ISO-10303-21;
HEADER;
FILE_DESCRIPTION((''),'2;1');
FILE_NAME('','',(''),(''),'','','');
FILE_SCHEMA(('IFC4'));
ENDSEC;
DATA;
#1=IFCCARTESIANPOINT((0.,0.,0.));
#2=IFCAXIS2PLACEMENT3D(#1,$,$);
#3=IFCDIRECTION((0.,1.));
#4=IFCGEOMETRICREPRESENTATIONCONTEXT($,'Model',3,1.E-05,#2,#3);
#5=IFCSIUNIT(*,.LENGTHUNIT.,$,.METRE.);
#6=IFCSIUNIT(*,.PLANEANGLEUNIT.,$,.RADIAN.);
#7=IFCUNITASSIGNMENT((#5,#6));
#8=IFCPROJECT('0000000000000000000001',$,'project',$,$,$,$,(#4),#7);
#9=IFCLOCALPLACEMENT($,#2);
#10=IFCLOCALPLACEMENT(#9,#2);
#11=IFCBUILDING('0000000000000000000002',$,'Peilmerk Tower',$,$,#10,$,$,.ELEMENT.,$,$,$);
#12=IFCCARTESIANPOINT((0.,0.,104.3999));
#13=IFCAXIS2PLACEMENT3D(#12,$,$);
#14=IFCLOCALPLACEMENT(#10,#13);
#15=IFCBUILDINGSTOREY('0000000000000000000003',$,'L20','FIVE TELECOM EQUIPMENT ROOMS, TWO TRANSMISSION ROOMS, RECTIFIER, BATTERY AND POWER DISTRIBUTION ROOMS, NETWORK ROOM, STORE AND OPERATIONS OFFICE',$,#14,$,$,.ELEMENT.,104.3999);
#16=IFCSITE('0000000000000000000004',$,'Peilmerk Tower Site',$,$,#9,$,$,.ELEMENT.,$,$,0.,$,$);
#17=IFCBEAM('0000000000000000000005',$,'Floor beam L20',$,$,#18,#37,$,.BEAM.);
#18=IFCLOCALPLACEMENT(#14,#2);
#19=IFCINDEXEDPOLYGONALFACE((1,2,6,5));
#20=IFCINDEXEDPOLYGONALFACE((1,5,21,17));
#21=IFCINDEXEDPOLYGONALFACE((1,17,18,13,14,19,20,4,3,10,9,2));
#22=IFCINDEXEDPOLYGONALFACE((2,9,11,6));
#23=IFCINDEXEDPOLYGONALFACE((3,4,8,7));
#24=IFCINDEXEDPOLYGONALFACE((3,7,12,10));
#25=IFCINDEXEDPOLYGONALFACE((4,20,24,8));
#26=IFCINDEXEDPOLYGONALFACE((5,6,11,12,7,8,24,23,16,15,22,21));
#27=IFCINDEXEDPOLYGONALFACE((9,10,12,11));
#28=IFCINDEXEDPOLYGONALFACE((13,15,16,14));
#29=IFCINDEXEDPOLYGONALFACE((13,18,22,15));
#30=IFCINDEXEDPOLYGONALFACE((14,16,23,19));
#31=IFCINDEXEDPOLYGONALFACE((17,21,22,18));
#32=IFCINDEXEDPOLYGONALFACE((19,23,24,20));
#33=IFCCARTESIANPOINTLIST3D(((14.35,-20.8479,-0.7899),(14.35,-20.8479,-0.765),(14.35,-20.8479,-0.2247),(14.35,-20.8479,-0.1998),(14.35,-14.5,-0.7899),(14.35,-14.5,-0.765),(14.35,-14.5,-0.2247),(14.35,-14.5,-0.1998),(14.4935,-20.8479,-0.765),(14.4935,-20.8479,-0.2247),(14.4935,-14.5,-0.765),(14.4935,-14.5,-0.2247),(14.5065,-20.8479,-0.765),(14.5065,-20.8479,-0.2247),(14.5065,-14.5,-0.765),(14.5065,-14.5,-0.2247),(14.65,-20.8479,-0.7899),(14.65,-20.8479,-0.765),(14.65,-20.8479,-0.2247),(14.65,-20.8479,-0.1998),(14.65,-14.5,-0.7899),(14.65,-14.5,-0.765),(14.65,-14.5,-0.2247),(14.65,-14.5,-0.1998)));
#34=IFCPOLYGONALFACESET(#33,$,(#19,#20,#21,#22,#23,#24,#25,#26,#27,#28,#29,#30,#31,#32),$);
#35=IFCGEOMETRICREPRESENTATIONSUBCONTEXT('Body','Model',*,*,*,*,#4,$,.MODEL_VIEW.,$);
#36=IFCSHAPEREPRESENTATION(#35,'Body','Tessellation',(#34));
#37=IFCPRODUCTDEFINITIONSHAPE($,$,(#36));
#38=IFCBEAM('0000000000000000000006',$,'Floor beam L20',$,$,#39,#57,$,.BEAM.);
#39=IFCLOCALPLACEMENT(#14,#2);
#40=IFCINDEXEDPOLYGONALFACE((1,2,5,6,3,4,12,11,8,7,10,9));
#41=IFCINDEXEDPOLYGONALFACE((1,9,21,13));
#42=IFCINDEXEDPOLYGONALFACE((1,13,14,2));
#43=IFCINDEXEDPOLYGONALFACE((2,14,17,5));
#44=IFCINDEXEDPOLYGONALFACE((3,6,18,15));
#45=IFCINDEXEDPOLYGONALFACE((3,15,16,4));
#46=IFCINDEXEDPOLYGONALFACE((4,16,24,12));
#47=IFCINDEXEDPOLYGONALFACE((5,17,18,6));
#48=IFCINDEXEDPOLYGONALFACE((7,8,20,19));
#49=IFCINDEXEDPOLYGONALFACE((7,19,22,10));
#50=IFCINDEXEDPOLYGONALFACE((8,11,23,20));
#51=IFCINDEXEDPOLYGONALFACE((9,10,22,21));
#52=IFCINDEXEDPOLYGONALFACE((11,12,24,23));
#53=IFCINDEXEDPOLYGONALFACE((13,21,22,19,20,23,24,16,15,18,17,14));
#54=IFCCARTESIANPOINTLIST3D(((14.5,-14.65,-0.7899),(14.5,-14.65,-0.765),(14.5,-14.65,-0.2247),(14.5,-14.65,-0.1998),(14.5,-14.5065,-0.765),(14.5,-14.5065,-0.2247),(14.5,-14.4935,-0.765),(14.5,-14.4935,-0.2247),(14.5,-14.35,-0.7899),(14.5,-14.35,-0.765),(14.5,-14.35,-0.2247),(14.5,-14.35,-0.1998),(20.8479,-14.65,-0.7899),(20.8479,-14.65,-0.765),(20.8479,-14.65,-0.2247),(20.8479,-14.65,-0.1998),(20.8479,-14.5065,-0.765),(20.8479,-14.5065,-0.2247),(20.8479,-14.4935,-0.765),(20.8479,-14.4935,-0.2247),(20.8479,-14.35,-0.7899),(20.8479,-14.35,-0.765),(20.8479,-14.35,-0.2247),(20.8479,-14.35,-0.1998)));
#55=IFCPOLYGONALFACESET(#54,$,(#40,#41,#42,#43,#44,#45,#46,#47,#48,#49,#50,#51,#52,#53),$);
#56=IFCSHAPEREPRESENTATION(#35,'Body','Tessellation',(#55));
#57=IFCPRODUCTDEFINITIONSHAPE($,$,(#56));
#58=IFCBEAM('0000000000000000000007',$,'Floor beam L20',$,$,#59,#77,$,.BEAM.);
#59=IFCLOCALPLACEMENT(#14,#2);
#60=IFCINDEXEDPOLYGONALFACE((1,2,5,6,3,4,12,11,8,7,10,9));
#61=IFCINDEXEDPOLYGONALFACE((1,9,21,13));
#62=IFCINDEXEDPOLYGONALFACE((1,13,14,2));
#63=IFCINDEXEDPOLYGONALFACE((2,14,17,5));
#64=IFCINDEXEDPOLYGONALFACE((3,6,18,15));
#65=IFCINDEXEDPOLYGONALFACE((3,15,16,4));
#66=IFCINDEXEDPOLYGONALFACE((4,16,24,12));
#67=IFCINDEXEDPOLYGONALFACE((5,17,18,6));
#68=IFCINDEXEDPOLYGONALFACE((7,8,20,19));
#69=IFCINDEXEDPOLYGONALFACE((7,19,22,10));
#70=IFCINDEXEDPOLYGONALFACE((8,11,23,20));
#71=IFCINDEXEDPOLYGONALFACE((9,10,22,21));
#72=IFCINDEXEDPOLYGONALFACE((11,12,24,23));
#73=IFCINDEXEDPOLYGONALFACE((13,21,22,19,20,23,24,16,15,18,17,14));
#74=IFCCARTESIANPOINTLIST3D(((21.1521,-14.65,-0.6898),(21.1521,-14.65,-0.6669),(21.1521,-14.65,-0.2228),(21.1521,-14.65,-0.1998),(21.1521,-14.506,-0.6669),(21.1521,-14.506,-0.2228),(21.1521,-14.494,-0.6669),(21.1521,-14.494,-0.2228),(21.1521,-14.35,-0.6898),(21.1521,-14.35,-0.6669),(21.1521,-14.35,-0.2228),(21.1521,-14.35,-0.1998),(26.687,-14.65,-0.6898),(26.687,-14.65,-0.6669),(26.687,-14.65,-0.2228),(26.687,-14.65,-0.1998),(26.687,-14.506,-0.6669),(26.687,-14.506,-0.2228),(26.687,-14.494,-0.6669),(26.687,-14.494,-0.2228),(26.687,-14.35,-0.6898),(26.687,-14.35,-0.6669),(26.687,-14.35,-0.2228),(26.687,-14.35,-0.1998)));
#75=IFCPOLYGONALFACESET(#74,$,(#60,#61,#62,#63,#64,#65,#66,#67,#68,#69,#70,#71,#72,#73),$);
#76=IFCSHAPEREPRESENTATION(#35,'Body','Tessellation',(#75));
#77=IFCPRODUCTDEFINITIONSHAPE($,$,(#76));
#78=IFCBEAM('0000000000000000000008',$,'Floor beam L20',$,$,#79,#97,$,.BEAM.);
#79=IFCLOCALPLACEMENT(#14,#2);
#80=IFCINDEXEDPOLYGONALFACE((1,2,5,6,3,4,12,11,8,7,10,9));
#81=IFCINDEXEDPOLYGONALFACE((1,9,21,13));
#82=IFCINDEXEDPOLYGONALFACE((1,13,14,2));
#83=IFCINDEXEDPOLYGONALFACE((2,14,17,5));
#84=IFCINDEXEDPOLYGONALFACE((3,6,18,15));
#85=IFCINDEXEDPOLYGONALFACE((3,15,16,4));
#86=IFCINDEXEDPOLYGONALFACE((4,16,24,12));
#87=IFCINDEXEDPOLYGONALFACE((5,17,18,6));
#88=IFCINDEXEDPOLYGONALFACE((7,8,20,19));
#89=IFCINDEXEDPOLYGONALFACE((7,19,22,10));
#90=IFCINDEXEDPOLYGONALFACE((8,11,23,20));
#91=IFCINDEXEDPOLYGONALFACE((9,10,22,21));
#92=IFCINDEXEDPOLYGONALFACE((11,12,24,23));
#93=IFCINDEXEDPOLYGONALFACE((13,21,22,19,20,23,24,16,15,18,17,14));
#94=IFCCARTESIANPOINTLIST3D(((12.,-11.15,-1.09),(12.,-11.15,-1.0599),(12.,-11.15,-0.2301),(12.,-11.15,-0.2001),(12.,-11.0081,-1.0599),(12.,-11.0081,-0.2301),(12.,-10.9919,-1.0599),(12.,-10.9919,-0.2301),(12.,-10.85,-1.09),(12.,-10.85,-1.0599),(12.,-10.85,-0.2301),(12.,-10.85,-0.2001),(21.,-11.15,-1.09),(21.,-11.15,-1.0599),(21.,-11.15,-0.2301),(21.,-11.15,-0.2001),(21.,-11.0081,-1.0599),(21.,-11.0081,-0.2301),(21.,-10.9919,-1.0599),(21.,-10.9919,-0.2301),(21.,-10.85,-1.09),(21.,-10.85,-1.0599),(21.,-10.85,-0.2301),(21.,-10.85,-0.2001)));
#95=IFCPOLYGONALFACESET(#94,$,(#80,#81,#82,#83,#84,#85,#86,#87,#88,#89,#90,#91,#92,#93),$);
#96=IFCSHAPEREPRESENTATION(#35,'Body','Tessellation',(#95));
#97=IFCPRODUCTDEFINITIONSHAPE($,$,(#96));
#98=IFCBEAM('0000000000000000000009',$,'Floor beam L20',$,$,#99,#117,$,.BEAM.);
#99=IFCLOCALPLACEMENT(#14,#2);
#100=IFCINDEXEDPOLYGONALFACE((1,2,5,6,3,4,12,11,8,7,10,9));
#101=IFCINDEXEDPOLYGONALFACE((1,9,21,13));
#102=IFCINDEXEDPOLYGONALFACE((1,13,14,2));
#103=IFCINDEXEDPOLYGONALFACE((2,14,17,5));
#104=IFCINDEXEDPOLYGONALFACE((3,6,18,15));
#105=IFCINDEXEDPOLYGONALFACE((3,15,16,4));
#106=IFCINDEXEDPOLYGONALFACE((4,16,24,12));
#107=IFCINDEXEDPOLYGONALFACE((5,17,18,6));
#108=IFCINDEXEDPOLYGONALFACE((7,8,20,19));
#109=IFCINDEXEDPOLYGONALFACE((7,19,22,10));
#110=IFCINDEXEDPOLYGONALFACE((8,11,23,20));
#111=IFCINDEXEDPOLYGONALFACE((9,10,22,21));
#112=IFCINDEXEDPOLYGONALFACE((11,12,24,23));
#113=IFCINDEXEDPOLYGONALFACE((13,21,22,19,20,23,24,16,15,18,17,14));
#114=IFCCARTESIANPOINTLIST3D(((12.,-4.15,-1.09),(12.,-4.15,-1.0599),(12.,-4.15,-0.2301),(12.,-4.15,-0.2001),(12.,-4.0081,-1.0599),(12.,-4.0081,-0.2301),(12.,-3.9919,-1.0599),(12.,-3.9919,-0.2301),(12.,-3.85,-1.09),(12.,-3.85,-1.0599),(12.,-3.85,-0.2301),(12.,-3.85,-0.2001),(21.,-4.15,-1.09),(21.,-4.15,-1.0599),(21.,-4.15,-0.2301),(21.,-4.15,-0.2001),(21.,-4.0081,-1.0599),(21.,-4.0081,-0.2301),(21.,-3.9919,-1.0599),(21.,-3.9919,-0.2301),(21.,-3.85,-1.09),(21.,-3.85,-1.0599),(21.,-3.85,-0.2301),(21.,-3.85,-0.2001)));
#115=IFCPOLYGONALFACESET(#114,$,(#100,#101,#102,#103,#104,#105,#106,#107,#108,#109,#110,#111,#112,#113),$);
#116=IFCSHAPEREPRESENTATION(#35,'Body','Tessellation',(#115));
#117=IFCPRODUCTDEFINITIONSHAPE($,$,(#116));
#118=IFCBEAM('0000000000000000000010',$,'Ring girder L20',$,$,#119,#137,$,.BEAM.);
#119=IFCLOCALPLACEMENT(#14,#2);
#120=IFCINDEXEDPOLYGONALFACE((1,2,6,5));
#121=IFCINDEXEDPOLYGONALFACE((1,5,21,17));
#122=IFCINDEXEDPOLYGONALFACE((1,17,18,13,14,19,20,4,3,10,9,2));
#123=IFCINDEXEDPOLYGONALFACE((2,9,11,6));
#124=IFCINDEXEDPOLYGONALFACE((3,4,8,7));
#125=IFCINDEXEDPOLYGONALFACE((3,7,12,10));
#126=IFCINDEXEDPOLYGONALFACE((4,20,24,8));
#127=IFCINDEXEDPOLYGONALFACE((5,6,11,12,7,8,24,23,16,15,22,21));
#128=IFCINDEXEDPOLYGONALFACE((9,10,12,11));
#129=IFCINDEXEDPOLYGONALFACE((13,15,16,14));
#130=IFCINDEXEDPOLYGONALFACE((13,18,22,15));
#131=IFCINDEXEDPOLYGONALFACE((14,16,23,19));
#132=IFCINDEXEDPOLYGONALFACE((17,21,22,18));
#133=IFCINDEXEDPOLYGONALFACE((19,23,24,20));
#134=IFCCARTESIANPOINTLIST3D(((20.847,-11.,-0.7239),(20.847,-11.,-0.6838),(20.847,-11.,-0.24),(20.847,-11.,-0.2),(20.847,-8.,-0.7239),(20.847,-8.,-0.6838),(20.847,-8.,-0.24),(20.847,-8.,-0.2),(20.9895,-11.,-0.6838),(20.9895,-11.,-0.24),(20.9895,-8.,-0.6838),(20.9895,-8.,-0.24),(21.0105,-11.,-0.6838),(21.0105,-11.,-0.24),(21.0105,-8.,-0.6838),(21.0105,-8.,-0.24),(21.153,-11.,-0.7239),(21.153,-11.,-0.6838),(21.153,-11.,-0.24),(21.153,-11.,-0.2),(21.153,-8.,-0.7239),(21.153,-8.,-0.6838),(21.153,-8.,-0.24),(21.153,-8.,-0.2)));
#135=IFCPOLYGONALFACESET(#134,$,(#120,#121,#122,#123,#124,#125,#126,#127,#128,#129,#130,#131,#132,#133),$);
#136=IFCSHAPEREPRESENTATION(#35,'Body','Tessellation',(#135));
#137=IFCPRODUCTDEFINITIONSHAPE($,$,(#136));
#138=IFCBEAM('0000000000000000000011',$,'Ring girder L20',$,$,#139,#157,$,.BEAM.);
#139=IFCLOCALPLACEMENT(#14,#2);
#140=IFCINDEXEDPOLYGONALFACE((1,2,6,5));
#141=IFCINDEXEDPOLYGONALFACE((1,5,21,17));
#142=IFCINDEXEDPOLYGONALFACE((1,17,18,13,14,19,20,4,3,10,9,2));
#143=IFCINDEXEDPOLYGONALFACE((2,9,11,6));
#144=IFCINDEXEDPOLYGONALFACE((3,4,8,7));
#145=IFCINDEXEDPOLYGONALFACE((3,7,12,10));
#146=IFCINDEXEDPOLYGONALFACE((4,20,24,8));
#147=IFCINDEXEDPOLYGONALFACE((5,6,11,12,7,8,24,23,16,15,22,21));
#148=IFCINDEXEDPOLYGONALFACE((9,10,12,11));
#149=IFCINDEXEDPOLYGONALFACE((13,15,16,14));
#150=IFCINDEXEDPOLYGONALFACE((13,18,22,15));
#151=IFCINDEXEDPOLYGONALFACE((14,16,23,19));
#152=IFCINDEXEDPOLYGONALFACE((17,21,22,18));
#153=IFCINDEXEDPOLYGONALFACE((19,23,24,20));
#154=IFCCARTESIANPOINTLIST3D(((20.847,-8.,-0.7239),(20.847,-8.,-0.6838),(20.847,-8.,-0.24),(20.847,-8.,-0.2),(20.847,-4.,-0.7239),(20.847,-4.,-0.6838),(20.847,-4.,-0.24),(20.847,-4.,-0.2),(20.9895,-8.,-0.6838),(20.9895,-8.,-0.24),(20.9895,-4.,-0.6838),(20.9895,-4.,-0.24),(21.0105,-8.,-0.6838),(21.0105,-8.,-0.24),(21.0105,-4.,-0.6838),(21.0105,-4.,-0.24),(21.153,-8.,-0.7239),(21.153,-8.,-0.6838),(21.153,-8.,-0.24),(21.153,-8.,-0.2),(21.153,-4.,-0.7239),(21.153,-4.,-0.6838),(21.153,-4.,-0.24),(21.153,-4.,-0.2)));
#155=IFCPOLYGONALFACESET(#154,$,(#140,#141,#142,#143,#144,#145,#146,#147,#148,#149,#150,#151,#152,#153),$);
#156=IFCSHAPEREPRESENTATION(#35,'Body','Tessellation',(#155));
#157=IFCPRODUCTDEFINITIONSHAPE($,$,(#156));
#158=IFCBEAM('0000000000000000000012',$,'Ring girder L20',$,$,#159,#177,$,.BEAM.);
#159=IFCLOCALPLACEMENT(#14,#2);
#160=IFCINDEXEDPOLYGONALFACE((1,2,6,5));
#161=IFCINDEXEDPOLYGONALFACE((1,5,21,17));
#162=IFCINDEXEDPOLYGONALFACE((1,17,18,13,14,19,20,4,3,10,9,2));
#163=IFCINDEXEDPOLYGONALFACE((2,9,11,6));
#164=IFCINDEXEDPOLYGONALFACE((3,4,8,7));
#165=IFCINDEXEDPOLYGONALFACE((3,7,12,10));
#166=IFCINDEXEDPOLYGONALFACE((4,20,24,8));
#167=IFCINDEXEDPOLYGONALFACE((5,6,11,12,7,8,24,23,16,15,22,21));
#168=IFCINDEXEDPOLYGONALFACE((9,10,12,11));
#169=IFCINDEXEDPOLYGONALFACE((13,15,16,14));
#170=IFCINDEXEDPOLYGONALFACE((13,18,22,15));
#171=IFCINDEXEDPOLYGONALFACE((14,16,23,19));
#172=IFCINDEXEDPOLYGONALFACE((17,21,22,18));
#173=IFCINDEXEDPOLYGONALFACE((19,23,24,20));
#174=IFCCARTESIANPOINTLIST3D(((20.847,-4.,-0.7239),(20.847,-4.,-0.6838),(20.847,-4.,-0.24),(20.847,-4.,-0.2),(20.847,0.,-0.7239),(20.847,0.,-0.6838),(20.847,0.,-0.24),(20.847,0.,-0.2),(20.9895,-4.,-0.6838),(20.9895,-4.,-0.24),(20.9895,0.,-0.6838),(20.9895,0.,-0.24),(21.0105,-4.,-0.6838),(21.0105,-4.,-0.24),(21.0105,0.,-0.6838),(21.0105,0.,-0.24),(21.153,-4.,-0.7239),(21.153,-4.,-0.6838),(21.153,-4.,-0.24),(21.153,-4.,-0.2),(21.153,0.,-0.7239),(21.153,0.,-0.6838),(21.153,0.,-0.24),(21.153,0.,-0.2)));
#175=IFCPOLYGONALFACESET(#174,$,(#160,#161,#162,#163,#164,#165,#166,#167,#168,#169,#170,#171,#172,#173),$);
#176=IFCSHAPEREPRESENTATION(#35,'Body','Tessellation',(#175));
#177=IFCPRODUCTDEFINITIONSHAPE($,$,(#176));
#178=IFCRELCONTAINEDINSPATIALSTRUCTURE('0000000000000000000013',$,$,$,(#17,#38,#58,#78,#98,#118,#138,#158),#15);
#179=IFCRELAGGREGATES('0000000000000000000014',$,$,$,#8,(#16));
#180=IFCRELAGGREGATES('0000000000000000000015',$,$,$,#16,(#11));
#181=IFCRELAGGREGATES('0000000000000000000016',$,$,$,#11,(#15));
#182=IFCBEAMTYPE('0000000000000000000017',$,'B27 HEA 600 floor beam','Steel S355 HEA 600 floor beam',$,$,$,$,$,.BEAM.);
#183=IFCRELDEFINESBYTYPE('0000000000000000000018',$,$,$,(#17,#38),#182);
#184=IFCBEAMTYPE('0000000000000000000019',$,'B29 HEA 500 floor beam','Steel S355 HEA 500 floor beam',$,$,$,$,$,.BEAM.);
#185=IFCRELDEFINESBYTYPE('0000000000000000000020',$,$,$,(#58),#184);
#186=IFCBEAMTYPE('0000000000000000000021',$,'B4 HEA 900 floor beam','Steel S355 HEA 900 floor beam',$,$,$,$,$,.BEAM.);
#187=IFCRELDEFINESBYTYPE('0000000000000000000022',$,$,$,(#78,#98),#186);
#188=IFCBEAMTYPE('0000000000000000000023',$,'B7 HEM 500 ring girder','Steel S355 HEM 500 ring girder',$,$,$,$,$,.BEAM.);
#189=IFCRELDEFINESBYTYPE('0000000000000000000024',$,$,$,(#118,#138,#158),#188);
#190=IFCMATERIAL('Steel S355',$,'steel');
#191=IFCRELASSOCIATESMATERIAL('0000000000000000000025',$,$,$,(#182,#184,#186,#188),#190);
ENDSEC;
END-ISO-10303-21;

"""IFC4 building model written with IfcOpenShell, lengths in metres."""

from ifc_helpers import new_model, si_unit, direction, frame, origin, origin_2d, place, context, subcontext, project, spatial, i_section, extrude, material, material_profile, profile_set, type_object, element, save


model = new_model("IFC4")

# Units and contexts
model_context = context("Model", 3, precision=1e-05, world=origin(), true_north=direction((0.0, 1.0)))
body_context = subcontext(model_context, "Body", "Model", "MODEL_VIEW")
ifc_project = project(units=[si_unit("LENGTHUNIT", "METRE"), si_unit("PLANEANGLEUNIT", "RADIAN")], contexts=[model_context])

# Site, building, storey
site_placement = place(None, origin())
site = spatial("IfcSite", under=ifc_project, at=site_placement, Name="Peilmerk Tower Site", CompositionType="ELEMENT", RefElevation=0.0)
building_placement = place(site_placement, origin())
building = spatial("IfcBuilding", under=site, at=building_placement, Name="Peilmerk Tower", CompositionType="ELEMENT")
storey_placement = place(building_placement, frame((0.0, 0.0, 104.3999)))
storey = spatial("IfcBuildingStorey", under=building, at=storey_placement, Name="L20", Description="FIVE TELECOM EQUIPMENT ROOMS, TWO TRANSMISSION ROOMS, RECTIFIER, BATTERY AND POWER DISTRIBUTION ROOMS, NETWORK ROOM, STORE AND OPERATIONS OFFICE", CompositionType="ELEMENT", Elevation=104.3999)

# Beams
ifc_material_1 = material(Name="Steel S355", Category="steel")
ifc_material_profile_1 = material_profile(ifc_material_1, i_section(OverallWidth=0.3, OverallDepth=0.5901, WebThickness=0.0129, FlangeThickness=0.0249, at=origin_2d()), Name="HEA 600")
ifc_profile_set_1 = profile_set([ifc_material_profile_1], Name="Steel S355")
beam_type_1 = type_object("IfcBeamType", Name="B27 HEA 600 floor beam", Description="Steel S355 HEA 600 floor beam", PredefinedType="BEAM", material=ifc_profile_set_1)
for number, where, z_axis, x_axis, name in (
    (1, (14.5, -14.5, -0.4949), (0.0, -1.0, 0.0), (1.0, 0.0, 0.0), "Floor beam L20"),
    (2, (14.5, -14.5, -0.4949), (1.0, 0.0, 0.0), (0.0, 1.0, 0.0), "Floor beam L20"),
):
    element("IfcBeam", number, at=place(storey_placement, frame(where, z_axis=z_axis, x_axis=x_axis)), inside=storey, type_object=beam_type_1, Name=name, PredefinedType="BEAM", context=body_context, shape_type="SweptSolid", body=[
        extrude(i_section(OverallWidth=0.3, OverallDepth=0.5901, WebThickness=0.0129, FlangeThickness=0.0249, at=origin_2d()), origin(), (0.0, 0.0, 1.0), 6.3479),
    ])
ifc_material_profile_2 = material_profile(ifc_material_1, i_section(OverallWidth=0.3, OverallDepth=0.49, WebThickness=0.012, FlangeThickness=0.0229, at=origin_2d()), Name="HEA 500")
ifc_profile_set_2 = profile_set([ifc_material_profile_2], Name="Steel S355")
beam_type_2 = type_object("IfcBeamType", Name="B29 HEA 500 floor beam", Description="Steel S355 HEA 500 floor beam", PredefinedType="BEAM", material=ifc_profile_set_2)
beam_1_placement = place(storey_placement, frame((21.1521, -14.5, -0.4448), z_axis=(1.0, 0.0, 0.0), x_axis=(0.0, 1.0, 0.0)))
element("IfcBeam", 3, at=beam_1_placement, inside=storey, type_object=beam_type_2, Name="Floor beam L20", PredefinedType="BEAM", context=body_context, shape_type="SweptSolid", body=[
    extrude(i_section(OverallWidth=0.3, OverallDepth=0.49, WebThickness=0.012, FlangeThickness=0.0229, at=origin_2d()), origin(), (0.0, 0.0, 1.0), 5.5349),
])
ifc_material_profile_3 = material_profile(ifc_material_1, i_section(OverallWidth=0.3, OverallDepth=0.8899, WebThickness=0.0161, FlangeThickness=0.03, at=origin_2d()), Name="HEA 900")
ifc_profile_set_3 = profile_set([ifc_material_profile_3], Name="Steel S355")
beam_type_3 = type_object("IfcBeamType", Name="B4 HEA 900 floor beam", Description="Steel S355 HEA 900 floor beam", PredefinedType="BEAM", material=ifc_profile_set_3)
for number, where, z_axis, x_axis, name in (
    (4, (12.0, -11.0, -0.645), (1.0, 0.0, 0.0), (0.0, 1.0, 0.0), "Floor beam L20"),
    (5, (12.0, -4.0, -0.645), (1.0, 0.0, 0.0), (0.0, 1.0, 0.0), "Floor beam L20"),
):
    element("IfcBeam", number, at=place(storey_placement, frame(where, z_axis=z_axis, x_axis=x_axis)), inside=storey, type_object=beam_type_3, Name=name, PredefinedType="BEAM", context=body_context, shape_type="SweptSolid", body=[
        extrude(i_section(OverallWidth=0.3, OverallDepth=0.8899, WebThickness=0.0161, FlangeThickness=0.03, at=origin_2d()), origin(), (0.0, 0.0, 1.0), 9.0),
    ])
ifc_material_profile_4 = material_profile(ifc_material_1, i_section(OverallWidth=0.3059, OverallDepth=0.5239, WebThickness=0.021, FlangeThickness=0.04, at=origin_2d()), Name="HEM 500")
ifc_profile_set_4 = profile_set([ifc_material_profile_4], Name="Steel S355")
beam_type_4 = type_object("IfcBeamType", Name="B7 HEM 500 ring girder", Description="Steel S355 HEM 500 ring girder", PredefinedType="BEAM", material=ifc_profile_set_4)
beam_2_placement = place(storey_placement, frame((21.0, -11.0, -0.4619), z_axis=(0.0, 1.0, 0.0), x_axis=(-1.0, 0.0, 0.0)))
element("IfcBeam", 6, at=beam_2_placement, inside=storey, type_object=beam_type_4, Name="Ring girder L20", PredefinedType="BEAM", context=body_context, shape_type="SweptSolid", body=[
    extrude(i_section(OverallWidth=0.3059, OverallDepth=0.5239, WebThickness=0.021, FlangeThickness=0.04, at=origin_2d()), origin(), (0.0, 0.0, 1.0), 3.0),
])
for number, where, z_axis, x_axis, name in (
    (7, (21.0, -8.0, -0.4619), (0.0, 1.0, 0.0), (-1.0, 0.0, 0.0), "Ring girder L20"),
    (8, (21.0, -4.0, -0.4619), (0.0, 1.0, 0.0), (-1.0, 0.0, 0.0), "Ring girder L20"),
):
    element("IfcBeam", number, at=place(storey_placement, frame(where, z_axis=z_axis, x_axis=x_axis)), inside=storey, type_object=beam_type_4, Name=name, PredefinedType="BEAM", context=body_context, shape_type="SweptSolid", body=[
        extrude(i_section(OverallWidth=0.3059, OverallDepth=0.5239, WebThickness=0.021, FlangeThickness=0.04, at=origin_2d()), origin(), (0.0, 0.0, 1.0), 4.0),
    ])

save(model, "model.ifc")
